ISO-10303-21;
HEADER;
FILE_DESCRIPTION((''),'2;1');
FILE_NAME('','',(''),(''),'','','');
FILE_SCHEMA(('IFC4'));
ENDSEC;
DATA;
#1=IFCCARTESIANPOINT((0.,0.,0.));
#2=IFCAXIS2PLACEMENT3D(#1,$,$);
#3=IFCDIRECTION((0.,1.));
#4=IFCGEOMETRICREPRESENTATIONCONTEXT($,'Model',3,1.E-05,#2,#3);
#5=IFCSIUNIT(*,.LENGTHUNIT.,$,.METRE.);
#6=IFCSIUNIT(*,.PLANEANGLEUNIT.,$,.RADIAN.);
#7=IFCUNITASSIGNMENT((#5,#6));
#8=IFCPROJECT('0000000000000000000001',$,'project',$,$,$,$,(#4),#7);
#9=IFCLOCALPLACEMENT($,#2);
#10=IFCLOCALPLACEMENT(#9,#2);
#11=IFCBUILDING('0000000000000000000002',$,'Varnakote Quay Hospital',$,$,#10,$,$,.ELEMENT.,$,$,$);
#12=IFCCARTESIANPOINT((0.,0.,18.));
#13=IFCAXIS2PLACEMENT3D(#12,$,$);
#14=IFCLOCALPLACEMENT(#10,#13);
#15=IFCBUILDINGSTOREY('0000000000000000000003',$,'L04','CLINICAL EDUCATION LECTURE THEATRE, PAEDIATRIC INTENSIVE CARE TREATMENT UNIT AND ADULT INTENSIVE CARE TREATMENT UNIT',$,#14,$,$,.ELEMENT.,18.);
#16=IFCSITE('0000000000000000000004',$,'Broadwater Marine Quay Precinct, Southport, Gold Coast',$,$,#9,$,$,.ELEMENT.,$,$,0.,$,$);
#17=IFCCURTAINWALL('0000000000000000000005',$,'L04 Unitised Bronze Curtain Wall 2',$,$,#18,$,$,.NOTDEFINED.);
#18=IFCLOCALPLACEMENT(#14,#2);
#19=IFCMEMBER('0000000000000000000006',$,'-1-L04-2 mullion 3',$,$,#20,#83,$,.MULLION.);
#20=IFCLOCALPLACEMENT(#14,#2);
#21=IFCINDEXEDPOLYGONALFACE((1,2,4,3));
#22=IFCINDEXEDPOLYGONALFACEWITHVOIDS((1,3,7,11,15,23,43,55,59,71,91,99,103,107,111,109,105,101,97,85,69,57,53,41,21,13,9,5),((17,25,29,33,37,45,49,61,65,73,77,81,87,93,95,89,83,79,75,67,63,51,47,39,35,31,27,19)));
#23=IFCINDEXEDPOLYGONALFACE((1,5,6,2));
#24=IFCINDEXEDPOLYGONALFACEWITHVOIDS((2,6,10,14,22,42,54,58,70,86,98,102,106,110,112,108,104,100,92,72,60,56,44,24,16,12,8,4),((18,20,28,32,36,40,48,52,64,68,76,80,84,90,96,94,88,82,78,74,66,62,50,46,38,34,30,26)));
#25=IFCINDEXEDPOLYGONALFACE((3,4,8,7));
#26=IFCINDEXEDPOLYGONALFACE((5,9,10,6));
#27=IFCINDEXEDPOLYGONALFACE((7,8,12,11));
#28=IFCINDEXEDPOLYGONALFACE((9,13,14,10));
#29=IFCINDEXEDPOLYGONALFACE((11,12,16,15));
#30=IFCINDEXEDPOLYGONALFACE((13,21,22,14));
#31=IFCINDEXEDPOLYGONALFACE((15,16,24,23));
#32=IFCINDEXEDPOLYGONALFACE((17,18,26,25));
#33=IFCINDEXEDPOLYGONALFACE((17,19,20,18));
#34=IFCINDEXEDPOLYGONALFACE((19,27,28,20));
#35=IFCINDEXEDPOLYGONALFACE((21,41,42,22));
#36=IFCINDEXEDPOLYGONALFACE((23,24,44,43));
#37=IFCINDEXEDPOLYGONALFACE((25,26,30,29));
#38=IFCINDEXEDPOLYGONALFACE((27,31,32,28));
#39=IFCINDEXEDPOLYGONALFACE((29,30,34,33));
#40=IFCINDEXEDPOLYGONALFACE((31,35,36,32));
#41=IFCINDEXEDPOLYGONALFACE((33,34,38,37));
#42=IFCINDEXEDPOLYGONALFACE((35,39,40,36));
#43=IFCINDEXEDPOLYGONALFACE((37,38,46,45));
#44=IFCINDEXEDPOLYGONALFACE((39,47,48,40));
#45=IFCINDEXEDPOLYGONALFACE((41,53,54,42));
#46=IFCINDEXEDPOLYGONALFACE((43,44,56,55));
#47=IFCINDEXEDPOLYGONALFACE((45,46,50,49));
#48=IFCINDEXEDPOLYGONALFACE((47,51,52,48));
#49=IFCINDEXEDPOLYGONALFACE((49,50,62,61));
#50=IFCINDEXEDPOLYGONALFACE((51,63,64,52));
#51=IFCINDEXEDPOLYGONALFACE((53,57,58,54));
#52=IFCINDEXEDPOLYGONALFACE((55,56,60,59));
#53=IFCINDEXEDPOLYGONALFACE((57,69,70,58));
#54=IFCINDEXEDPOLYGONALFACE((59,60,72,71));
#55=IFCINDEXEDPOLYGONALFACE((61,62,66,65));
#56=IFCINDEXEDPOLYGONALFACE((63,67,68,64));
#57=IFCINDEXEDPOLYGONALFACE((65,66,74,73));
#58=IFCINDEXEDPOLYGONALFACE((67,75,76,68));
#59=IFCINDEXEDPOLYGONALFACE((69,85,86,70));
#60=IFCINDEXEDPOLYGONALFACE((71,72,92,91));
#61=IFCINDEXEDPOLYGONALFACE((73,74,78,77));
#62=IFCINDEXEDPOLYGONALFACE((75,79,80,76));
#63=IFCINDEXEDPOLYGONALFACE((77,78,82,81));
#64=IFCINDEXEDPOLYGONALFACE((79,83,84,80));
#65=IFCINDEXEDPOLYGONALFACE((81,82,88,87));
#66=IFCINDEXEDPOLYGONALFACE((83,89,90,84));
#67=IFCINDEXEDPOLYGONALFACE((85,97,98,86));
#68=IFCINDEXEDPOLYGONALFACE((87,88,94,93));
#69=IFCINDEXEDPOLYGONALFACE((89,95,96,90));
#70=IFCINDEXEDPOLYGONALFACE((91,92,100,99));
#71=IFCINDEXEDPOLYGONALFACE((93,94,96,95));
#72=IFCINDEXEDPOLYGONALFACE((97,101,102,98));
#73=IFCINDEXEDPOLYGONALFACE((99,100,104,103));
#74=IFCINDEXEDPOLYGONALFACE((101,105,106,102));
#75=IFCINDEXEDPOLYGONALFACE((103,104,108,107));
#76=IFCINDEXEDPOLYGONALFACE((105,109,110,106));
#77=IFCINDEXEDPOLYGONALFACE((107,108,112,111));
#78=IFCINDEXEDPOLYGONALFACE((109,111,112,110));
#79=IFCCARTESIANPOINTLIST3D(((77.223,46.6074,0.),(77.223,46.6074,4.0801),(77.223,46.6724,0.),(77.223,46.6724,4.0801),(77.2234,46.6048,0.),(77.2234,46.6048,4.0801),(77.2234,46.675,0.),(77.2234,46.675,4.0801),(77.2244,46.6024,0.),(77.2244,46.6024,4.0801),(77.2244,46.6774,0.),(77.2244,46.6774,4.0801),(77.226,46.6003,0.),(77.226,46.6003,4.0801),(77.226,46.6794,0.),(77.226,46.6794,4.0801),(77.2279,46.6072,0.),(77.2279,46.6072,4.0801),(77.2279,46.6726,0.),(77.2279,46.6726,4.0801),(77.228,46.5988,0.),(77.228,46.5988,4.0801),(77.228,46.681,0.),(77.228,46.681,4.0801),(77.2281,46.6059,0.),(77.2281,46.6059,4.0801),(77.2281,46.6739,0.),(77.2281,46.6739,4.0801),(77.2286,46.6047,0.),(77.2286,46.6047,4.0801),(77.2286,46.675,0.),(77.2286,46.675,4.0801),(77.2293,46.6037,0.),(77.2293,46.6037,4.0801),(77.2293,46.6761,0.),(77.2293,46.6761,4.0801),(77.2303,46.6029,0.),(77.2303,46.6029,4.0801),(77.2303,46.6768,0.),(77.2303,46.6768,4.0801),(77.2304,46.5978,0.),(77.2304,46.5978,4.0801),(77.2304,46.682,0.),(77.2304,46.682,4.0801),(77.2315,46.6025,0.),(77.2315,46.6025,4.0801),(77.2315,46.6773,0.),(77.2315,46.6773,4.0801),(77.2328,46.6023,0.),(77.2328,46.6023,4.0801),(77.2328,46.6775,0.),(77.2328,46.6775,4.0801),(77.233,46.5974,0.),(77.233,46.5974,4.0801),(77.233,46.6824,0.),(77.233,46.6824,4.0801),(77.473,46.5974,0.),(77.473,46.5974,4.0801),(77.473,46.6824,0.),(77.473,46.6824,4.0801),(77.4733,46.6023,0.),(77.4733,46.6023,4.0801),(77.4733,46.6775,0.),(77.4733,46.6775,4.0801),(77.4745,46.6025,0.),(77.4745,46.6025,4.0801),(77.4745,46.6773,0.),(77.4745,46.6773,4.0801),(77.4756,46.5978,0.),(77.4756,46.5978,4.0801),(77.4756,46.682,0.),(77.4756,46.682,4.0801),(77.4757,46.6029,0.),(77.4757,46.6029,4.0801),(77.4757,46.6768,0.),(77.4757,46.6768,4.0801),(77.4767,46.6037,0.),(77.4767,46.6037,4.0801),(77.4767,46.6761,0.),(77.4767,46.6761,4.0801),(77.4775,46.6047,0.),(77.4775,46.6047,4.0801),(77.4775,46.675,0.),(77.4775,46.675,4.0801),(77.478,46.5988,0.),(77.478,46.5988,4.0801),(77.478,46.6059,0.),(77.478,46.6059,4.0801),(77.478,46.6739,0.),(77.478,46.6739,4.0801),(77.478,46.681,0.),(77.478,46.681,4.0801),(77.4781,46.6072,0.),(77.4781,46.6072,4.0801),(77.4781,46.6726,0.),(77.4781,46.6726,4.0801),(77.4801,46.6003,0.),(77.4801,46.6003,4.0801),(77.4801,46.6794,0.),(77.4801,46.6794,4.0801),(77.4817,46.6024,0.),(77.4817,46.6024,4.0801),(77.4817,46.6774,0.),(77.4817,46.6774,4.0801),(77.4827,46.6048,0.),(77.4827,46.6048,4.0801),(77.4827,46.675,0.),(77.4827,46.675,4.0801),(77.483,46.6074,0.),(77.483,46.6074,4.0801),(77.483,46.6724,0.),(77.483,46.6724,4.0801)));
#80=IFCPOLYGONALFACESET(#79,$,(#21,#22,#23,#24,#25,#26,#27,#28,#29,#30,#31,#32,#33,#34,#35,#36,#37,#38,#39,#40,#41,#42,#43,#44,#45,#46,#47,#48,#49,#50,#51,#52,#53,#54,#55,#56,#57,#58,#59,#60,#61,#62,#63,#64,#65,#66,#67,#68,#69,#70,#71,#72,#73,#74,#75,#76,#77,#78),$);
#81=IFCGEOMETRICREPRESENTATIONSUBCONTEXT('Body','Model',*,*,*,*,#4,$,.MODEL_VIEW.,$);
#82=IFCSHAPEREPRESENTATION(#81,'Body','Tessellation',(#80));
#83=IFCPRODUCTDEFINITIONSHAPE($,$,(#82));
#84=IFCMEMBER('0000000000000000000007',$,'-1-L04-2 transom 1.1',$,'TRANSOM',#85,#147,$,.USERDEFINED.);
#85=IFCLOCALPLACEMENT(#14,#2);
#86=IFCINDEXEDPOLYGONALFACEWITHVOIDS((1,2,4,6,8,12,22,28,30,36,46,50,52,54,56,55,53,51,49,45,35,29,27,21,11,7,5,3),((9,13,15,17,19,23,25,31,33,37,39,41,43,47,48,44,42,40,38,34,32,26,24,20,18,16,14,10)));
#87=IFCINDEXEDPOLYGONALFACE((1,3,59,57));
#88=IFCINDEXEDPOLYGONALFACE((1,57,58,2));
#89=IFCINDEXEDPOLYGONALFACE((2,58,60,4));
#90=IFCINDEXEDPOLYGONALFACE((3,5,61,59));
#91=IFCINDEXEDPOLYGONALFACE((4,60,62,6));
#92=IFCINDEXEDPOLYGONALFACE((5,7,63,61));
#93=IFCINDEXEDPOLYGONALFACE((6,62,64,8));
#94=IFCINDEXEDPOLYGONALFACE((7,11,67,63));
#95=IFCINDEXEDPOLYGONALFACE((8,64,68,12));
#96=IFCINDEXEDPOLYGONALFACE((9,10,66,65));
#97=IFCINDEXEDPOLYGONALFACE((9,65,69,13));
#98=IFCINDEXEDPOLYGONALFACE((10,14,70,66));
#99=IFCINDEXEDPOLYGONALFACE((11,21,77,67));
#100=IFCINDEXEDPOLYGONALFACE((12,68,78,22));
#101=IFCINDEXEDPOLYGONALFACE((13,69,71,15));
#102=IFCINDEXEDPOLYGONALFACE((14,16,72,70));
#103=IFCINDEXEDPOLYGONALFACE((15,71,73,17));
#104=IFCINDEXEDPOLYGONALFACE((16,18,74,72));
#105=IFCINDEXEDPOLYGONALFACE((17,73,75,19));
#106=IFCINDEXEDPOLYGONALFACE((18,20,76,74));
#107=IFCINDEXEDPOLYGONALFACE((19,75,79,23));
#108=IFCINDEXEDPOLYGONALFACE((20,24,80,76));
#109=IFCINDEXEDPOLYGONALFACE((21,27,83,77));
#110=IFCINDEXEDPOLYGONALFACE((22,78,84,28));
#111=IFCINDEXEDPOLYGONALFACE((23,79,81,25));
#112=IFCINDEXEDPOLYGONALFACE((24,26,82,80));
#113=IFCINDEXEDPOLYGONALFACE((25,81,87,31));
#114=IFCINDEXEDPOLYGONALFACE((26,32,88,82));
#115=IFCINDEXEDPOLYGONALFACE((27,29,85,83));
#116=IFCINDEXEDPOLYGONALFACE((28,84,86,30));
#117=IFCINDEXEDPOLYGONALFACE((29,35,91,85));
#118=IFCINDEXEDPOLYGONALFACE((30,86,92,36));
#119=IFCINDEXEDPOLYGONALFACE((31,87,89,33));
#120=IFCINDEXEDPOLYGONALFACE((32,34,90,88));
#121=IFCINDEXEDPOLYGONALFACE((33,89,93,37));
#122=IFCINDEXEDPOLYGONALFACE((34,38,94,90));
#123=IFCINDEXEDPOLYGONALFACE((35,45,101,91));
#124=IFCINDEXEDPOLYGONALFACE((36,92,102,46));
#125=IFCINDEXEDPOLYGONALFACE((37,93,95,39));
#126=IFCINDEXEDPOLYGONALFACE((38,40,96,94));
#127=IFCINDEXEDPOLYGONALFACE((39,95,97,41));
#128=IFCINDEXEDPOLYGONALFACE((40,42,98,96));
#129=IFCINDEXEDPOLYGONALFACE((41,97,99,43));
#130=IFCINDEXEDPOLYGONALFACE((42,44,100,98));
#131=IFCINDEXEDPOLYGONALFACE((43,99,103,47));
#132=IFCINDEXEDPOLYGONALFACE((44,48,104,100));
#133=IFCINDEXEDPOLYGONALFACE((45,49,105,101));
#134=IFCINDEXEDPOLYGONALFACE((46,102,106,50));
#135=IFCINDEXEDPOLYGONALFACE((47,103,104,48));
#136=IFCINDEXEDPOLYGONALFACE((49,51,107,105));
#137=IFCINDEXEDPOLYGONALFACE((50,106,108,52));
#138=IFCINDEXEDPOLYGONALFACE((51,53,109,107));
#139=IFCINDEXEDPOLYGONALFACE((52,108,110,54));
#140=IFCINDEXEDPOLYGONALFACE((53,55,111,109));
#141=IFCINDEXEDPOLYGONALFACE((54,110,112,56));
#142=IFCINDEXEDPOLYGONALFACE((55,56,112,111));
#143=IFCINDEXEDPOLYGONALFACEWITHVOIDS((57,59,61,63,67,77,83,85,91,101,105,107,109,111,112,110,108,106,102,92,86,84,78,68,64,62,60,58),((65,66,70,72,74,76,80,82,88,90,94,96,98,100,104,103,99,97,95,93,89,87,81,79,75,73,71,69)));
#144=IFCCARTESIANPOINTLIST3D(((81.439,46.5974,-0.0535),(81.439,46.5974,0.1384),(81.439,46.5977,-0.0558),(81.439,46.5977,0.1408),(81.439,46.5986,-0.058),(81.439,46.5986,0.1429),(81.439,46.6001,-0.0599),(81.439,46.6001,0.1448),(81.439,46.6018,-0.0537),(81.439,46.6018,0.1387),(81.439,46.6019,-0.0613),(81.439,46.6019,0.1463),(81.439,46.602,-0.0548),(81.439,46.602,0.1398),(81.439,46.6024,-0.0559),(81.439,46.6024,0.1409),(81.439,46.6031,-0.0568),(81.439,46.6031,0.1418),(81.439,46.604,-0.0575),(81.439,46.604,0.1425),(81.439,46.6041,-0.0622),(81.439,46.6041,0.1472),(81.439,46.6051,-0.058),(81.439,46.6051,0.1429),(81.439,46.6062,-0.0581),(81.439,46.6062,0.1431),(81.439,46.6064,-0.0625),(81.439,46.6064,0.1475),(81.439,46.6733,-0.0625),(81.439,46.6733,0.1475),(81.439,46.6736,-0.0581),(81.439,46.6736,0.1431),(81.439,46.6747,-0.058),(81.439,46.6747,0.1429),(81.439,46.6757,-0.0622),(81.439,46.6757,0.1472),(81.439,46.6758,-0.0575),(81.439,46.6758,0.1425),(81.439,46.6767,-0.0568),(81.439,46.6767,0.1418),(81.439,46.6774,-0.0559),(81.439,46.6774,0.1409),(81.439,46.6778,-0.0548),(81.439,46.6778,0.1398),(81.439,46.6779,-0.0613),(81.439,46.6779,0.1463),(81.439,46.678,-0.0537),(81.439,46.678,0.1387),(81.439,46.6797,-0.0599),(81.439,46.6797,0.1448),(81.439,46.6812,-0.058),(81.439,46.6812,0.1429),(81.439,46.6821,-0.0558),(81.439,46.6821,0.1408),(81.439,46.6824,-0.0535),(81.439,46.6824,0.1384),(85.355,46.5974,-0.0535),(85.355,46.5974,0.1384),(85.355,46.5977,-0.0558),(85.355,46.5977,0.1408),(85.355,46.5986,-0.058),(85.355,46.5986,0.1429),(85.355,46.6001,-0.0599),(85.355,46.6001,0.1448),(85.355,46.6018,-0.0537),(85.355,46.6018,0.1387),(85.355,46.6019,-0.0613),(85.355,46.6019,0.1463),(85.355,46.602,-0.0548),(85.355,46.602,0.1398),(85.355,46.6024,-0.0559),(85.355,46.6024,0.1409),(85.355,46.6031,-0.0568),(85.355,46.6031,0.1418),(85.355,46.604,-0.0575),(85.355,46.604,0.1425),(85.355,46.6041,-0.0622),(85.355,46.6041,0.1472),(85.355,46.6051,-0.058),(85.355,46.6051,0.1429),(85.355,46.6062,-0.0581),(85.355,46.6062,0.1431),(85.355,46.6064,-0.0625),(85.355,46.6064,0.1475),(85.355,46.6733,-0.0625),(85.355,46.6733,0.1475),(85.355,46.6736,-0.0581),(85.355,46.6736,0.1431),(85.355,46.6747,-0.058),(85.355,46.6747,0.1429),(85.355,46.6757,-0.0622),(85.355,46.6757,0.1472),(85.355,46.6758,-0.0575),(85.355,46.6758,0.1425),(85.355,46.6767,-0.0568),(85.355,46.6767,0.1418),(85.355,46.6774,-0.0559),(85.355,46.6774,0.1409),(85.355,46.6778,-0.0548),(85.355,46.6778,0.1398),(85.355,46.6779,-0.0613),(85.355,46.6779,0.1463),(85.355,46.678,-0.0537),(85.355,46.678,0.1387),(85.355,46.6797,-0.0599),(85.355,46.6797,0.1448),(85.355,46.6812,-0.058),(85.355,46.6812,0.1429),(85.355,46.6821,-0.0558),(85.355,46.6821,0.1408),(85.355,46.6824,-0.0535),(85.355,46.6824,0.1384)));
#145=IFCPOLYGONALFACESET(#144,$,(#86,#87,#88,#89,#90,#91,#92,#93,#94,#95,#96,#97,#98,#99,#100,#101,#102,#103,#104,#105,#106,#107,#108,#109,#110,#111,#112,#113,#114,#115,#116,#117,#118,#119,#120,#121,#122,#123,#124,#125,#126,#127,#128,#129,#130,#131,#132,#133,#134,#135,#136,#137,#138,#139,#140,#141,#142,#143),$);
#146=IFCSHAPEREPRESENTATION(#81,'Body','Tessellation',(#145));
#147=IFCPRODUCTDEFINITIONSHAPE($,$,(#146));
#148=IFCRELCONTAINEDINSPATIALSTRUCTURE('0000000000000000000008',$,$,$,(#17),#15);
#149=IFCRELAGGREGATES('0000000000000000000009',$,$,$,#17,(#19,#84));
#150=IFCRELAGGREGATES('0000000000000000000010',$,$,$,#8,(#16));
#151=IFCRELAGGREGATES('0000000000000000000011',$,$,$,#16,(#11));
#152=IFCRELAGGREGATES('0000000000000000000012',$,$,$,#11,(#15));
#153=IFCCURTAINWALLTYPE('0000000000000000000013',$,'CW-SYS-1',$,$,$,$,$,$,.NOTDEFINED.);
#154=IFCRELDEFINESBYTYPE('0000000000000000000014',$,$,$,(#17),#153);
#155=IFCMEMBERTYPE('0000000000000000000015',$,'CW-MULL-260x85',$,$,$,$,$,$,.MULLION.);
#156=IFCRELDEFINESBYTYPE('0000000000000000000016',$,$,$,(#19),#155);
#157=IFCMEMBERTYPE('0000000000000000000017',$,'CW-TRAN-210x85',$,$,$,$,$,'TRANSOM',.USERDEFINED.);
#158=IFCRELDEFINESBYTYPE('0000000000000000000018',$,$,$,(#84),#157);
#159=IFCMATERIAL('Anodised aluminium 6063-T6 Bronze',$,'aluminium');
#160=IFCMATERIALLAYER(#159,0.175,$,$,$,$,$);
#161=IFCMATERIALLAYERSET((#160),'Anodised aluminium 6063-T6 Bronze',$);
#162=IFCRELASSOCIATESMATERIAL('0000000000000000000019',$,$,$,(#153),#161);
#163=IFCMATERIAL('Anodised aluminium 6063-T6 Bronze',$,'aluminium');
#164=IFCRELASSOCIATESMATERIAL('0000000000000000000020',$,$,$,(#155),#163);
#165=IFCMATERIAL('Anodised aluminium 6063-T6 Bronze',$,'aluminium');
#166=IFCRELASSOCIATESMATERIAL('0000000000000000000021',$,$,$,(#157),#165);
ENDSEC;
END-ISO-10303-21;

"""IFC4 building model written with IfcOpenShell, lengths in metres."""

from ifc_helpers import new_model, si_unit, direction, frame, origin, origin_2d, place, context, subcontext, project, spatial, hollow_rectangle, extrude, material, layer, layer_set, material_profile, profile_set, type_object, element, aggregate, save


model = new_model("IFC4")

# Units and contexts
model_context = context("Model", 3, precision=1e-05, world=origin(), true_north=direction((0.0, 1.0)))
body_context = subcontext(model_context, "Body", "Model", "MODEL_VIEW")
ifc_project = project(units=[si_unit("LENGTHUNIT", "METRE"), si_unit("PLANEANGLEUNIT", "RADIAN")], contexts=[model_context])

# Site, building, storey
site_placement = place(None, origin())
site = spatial("IfcSite", under=ifc_project, at=site_placement, Name="Broadwater Marine Quay Precinct, Southport, Gold Coast", CompositionType="ELEMENT", RefElevation=0.0)
building_placement = place(site_placement, origin())
building = spatial("IfcBuilding", under=site, at=building_placement, Name="Varnakote Quay Hospital", CompositionType="ELEMENT")
storey_placement = place(building_placement, frame((0.0, 0.0, 18.0)))
storey = spatial("IfcBuildingStorey", under=building, at=storey_placement, Name="L04", Description="CLINICAL EDUCATION LECTURE THEATRE, PAEDIATRIC INTENSIVE CARE TREATMENT UNIT AND ADULT INTENSIVE CARE TREATMENT UNIT", CompositionType="ELEMENT", Elevation=18.0)

# Shared definitions
ifc_material_1 = material(Name="Anodised aluminium 6063-T6 Bronze", Category="aluminium")
ifc_layer_1 = layer(ifc_material_1, 0.175)
ifc_layer_set_1 = layer_set([ifc_layer_1], Name="Anodised aluminium 6063-T6 Bronze")
curtain_wall_type = type_object("IfcCurtainWallType", Name="CW-SYS-1", PredefinedType="NOTDEFINED", material=ifc_layer_set_1)
ifc_material_2 = material(Name="Anodised aluminium 6063-T6 Bronze", Category="aluminium")
ifc_material_profile_1 = material_profile(ifc_material_2, hollow_rectangle(XDim=0.085, YDim=0.26, WallThickness=0.0049, InnerFilletRadius=0.0049, OuterFilletRadius=0.01, at=origin_2d()), Name="CW-MULL-260x85")
ifc_profile_set_1 = profile_set([ifc_material_profile_1], Name="Anodised aluminium 6063-T6 Bronze")
member_type_1 = type_object("IfcMemberType", Name="CW-MULL-260x85", PredefinedType="MULLION", material=ifc_profile_set_1)

# Curtain wall, members
curtain_wall_1_placement = place(storey_placement, origin())
curtain_wall_1 = element("IfcCurtainWall", 1, at=curtain_wall_1_placement, inside=storey, type_object=curtain_wall_type, Name="L04 Unitised Bronze Curtain Wall 2", PredefinedType="NOTDEFINED")
member_1_placement = place(storey_placement, frame((77.353, 46.6399, 0.0), z_axis=(0.0, 0.0, 1.0), x_axis=(0.0, -1.0, 0.0)))
member_1 = element("IfcMember", 2, at=member_1_placement, type_object=member_type_1, Name="-1-L04-2 mullion 3", PredefinedType="MULLION", context=body_context, shape_type="SweptSolid", body=[
    extrude(hollow_rectangle(XDim=0.085, YDim=0.26, WallThickness=0.0049, InnerFilletRadius=0.0049, OuterFilletRadius=0.01, at=origin_2d()), origin(), (0.0, 0.0, 1.0), 4.0801),
])
ifc_material_3 = material(Name="Anodised aluminium 6063-T6 Bronze", Category="aluminium")
ifc_material_profile_2 = material_profile(ifc_material_3, hollow_rectangle(XDim=0.085, YDim=0.21, WallThickness=0.0044, InnerFilletRadius=0.0044, OuterFilletRadius=0.009, at=origin_2d()), Name="CW-TRAN-210x85")
ifc_profile_set_2 = profile_set([ifc_material_profile_2], Name="Anodised aluminium 6063-T6 Bronze")
member_type_2 = type_object("IfcMemberType", Name="CW-TRAN-210x85", ElementType="TRANSOM", PredefinedType="USERDEFINED", material=ifc_profile_set_2)
member_2_placement = place(storey_placement, frame((85.355, 46.6399, 0.0425), z_axis=(-1.0, 0.0, 0.0), x_axis=(0.0, -1.0, 0.0)))
member_2 = element("IfcMember", 3, at=member_2_placement, type_object=member_type_2, Name="-1-L04-2 transom 1.1", ObjectType="TRANSOM", PredefinedType="USERDEFINED", context=body_context, shape_type="SweptSolid", body=[
    extrude(hollow_rectangle(XDim=0.085, YDim=0.21, WallThickness=0.0044, InnerFilletRadius=0.0044, OuterFilletRadius=0.009, at=origin_2d()), origin(), (0.0, 0.0, 1.0), 3.916),
])
aggregate(curtain_wall_1, [member_1, member_2])

save(model, "model.ifc")
